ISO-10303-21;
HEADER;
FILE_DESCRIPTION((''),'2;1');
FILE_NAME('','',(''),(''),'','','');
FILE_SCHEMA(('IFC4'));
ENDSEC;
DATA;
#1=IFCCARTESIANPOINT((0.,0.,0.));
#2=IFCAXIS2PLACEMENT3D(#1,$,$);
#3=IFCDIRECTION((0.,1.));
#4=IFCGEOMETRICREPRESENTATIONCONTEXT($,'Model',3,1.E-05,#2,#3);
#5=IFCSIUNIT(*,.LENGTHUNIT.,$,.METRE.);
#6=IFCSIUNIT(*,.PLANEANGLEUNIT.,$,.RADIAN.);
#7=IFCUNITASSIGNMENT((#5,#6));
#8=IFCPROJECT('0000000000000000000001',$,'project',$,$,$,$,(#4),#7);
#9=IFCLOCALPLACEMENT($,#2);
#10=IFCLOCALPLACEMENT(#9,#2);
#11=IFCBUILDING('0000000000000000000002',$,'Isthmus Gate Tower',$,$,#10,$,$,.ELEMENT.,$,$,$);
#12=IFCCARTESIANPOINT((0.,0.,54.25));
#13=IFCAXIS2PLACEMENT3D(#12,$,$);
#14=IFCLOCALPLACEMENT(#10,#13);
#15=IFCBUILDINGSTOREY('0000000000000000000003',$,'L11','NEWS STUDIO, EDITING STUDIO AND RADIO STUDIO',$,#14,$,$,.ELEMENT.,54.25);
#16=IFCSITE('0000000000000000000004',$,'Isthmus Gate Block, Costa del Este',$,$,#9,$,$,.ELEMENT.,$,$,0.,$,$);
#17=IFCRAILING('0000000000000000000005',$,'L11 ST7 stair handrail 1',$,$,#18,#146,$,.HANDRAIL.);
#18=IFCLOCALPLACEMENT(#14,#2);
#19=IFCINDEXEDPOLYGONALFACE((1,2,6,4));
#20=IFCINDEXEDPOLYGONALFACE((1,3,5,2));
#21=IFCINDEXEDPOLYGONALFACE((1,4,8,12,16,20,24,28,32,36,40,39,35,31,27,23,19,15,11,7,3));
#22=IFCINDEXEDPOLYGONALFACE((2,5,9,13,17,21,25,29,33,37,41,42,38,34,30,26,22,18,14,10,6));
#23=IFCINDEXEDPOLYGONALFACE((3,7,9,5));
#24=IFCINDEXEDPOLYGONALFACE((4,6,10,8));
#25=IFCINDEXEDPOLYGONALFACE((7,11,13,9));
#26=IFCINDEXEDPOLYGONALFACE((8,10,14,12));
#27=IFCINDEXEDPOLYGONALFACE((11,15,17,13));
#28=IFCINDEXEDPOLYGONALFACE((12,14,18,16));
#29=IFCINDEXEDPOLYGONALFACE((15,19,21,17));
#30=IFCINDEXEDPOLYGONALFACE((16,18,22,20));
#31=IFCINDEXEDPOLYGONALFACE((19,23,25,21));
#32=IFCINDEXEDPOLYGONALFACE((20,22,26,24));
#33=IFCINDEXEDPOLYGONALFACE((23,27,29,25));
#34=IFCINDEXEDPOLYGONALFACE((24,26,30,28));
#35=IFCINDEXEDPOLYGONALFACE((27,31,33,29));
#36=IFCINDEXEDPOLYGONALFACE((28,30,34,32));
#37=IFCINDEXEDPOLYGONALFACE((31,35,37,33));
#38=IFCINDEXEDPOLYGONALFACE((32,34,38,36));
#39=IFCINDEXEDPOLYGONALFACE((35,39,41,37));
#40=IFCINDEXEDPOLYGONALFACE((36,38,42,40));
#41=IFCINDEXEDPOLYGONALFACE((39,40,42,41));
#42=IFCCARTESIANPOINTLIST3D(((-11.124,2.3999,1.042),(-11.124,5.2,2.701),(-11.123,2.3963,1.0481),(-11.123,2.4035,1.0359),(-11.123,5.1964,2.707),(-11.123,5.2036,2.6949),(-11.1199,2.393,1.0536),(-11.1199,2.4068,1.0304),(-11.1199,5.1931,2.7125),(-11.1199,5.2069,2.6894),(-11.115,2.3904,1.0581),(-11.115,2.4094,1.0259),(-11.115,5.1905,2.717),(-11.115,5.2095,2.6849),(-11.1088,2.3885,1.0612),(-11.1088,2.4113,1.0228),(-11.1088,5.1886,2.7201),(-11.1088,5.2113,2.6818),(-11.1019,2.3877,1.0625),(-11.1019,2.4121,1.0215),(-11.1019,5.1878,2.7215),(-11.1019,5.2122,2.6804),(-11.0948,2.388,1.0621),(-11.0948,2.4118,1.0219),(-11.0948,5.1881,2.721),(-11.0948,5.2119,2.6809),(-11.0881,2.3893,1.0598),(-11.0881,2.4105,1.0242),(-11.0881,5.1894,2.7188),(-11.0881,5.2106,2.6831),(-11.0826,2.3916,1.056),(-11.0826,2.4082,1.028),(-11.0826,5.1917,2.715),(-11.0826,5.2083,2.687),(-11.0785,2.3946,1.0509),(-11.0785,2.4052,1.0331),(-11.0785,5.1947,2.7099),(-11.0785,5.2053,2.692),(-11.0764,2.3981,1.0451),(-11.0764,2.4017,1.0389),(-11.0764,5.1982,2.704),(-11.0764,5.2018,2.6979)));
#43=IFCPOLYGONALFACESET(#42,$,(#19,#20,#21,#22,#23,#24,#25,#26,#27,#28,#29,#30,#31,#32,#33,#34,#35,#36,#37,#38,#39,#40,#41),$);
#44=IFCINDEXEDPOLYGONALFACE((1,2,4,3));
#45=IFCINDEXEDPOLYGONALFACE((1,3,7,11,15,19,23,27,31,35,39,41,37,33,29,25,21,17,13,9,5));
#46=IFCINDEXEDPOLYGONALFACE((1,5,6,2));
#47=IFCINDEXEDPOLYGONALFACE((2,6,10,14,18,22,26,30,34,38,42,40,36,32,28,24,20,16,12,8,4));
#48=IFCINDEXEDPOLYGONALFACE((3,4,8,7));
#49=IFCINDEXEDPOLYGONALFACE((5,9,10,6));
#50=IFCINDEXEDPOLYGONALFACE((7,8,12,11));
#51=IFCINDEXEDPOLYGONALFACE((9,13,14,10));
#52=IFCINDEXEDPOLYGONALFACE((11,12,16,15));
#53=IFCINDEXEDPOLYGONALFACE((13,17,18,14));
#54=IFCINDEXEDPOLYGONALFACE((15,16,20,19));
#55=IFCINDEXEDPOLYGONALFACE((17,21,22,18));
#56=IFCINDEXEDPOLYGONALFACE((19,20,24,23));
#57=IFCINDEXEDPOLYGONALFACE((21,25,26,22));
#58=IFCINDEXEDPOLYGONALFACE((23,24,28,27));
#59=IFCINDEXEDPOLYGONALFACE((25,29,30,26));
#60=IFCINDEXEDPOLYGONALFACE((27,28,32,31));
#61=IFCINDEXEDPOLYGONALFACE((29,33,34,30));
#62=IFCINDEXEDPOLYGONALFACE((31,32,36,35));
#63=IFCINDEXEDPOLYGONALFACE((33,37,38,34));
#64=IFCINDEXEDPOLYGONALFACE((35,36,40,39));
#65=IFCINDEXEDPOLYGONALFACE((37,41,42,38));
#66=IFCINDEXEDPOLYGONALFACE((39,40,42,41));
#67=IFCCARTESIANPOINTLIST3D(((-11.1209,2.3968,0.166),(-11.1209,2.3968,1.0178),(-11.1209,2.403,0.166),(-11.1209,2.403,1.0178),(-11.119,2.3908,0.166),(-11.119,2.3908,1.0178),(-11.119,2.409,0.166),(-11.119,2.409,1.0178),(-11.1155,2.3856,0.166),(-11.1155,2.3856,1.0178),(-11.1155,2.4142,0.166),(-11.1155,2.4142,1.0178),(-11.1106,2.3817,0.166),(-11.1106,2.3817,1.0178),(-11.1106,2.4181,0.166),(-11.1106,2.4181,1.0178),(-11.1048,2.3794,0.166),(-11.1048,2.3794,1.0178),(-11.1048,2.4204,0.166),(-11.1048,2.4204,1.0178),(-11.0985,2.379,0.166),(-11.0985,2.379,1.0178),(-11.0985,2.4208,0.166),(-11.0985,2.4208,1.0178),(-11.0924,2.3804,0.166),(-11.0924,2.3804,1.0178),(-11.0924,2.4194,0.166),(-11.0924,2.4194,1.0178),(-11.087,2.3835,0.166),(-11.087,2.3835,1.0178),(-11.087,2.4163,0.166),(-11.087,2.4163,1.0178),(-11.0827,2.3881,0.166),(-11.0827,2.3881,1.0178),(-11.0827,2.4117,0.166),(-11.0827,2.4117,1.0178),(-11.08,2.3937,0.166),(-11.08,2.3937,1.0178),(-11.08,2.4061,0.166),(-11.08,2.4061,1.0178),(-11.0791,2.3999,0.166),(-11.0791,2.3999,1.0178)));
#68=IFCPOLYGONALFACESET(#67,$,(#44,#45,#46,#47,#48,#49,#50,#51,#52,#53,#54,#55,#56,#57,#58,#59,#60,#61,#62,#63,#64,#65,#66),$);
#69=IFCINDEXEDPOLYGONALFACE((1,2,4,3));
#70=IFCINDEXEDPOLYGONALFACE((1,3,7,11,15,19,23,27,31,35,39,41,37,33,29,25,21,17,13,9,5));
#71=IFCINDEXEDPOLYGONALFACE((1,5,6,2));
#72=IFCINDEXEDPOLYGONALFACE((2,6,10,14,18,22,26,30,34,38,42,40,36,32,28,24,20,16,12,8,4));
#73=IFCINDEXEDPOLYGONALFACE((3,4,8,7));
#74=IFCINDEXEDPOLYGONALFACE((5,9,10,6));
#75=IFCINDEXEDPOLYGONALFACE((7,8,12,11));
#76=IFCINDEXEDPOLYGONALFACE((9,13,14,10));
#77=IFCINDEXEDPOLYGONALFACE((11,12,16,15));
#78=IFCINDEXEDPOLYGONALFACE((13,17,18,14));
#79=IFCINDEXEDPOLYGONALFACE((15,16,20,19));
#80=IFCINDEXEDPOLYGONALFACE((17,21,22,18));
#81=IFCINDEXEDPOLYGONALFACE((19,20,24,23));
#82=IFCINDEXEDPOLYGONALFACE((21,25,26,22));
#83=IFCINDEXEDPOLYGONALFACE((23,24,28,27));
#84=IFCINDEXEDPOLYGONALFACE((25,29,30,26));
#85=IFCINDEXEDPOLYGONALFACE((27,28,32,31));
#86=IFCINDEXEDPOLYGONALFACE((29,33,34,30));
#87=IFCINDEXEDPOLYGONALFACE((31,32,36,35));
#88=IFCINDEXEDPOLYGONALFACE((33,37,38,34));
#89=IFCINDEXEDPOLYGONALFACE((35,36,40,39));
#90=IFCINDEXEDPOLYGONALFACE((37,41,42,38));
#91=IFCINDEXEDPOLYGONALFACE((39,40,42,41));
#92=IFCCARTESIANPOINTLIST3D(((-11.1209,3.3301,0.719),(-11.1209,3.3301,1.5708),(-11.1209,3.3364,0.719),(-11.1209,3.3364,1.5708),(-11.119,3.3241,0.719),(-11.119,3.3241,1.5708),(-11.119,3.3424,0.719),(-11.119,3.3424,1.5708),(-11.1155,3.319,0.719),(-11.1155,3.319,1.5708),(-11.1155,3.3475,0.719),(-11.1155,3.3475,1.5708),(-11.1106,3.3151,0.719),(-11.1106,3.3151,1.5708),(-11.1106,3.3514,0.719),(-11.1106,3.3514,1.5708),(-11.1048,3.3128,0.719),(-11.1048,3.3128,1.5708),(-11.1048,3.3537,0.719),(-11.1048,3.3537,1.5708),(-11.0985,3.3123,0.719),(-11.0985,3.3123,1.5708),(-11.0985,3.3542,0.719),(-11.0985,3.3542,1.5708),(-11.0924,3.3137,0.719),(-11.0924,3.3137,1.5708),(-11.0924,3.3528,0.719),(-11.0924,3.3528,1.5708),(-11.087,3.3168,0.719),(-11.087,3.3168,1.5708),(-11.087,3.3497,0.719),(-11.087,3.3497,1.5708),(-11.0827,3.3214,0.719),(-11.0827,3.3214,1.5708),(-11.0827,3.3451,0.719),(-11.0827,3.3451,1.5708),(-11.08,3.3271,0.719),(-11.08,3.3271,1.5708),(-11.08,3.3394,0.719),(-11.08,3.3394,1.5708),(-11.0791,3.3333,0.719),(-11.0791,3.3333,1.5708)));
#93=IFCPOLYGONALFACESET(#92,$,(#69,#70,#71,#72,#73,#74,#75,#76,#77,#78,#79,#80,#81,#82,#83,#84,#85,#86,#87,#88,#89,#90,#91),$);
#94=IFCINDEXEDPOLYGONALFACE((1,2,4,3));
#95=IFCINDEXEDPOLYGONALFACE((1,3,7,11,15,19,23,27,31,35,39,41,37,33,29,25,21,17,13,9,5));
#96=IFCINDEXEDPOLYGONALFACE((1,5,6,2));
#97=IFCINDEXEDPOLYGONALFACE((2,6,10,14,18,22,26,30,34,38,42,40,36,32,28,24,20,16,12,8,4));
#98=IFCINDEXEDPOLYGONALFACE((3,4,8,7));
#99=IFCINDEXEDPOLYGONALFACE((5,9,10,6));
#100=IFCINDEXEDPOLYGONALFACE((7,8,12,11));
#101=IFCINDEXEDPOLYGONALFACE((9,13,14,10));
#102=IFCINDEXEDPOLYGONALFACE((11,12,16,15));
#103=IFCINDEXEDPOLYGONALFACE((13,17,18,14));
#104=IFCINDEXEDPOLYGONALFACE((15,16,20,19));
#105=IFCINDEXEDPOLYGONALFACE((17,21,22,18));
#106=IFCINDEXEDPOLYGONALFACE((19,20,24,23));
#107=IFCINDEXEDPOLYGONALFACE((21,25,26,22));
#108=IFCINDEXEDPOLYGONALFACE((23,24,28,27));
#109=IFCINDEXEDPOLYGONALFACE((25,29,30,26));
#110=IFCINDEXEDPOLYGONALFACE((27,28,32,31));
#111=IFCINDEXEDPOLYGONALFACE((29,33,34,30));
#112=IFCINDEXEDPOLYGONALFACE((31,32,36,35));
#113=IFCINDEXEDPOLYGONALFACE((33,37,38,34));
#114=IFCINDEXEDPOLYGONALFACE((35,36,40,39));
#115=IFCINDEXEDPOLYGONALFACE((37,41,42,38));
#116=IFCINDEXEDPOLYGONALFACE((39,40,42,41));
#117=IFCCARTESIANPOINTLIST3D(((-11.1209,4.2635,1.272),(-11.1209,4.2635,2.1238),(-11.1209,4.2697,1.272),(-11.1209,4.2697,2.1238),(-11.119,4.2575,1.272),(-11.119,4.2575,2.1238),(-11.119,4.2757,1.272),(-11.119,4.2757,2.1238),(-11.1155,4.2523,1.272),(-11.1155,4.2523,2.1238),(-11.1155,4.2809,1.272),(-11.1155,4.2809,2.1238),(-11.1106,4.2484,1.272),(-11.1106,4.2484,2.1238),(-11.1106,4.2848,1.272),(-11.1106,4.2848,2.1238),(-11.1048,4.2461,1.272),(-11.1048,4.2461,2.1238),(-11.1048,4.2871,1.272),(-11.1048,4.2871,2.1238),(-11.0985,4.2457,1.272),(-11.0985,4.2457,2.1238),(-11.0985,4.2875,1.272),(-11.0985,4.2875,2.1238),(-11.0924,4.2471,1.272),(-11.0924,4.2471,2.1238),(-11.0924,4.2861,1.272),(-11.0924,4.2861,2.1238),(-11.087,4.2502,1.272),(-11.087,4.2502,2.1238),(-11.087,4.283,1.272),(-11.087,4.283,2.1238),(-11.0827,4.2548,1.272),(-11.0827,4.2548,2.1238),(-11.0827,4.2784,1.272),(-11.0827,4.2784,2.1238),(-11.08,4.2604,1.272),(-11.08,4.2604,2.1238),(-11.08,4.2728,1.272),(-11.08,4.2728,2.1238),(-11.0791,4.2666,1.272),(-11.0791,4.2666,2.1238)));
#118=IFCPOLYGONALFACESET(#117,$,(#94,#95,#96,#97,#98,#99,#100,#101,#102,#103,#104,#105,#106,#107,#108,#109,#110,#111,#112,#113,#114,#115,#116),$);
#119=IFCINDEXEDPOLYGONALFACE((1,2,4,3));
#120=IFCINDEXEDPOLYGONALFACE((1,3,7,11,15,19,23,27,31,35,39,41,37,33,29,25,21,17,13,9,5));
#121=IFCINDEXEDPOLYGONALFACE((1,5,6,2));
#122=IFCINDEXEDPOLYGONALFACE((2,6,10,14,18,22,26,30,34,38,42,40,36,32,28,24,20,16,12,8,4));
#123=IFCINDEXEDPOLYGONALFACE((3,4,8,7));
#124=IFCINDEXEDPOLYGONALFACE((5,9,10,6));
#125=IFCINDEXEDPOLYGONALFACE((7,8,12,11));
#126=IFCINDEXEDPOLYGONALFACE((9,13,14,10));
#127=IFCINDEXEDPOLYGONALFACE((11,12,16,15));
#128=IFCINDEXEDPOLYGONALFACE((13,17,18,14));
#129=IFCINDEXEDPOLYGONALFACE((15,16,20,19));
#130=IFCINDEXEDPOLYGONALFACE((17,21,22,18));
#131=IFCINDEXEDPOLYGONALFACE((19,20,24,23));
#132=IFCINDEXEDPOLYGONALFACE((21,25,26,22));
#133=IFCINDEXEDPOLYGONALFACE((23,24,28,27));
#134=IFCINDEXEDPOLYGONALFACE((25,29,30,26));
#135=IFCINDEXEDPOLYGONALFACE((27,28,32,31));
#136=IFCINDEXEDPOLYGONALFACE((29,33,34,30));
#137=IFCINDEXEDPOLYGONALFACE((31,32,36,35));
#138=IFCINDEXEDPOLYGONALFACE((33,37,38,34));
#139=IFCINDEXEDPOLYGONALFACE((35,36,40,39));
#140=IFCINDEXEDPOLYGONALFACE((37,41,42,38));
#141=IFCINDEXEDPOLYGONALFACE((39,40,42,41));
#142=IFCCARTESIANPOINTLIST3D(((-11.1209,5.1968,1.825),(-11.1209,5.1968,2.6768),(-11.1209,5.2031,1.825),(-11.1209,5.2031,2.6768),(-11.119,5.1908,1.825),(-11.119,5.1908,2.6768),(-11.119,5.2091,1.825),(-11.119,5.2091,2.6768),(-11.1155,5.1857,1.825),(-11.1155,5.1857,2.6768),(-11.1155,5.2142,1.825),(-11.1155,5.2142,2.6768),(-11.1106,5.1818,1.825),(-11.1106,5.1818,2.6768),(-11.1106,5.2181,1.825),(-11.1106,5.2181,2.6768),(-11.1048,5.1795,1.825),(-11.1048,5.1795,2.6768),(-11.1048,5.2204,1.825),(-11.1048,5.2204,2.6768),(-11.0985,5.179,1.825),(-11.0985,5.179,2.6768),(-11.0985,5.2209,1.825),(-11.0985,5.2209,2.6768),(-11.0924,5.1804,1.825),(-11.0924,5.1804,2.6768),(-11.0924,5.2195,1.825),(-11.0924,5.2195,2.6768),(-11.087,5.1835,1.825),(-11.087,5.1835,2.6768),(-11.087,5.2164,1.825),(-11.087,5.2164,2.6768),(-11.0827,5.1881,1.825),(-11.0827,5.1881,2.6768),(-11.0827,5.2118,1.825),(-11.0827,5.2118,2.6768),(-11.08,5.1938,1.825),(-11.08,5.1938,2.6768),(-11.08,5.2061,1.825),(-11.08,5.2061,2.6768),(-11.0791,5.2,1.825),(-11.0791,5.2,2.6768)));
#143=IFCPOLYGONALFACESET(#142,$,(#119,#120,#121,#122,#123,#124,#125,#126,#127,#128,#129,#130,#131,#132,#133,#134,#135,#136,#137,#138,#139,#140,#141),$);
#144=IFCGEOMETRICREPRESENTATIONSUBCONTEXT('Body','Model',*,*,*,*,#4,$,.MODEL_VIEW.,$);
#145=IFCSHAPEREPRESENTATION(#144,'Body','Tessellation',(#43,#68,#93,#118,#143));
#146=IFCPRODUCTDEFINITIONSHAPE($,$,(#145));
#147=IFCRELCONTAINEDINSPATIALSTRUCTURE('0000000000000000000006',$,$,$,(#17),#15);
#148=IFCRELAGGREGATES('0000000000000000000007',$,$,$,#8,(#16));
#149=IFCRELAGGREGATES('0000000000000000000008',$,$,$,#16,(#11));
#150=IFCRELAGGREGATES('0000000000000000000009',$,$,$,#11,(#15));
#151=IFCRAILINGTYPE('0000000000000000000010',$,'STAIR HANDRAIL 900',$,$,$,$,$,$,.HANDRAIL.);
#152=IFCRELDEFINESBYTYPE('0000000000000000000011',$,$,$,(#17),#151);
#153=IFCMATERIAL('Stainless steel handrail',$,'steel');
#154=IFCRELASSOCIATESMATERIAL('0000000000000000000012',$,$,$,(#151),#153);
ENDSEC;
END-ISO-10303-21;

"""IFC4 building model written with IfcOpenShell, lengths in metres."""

from ifc_helpers import new_model, si_unit, direction, frame, origin, origin_2d, place, context, subcontext, project, spatial, circle, extrude, material, type_object, element, save


model = new_model("IFC4")

# Units and contexts
model_context = context("Model", 3, precision=1e-05, world=origin(), true_north=direction((0.0, 1.0)))
body_context = subcontext(model_context, "Body", "Model", "MODEL_VIEW")
ifc_project = project(units=[si_unit("LENGTHUNIT", "METRE"), si_unit("PLANEANGLEUNIT", "RADIAN")], contexts=[model_context])

# Site, building, storey
site_placement = place(None, origin())
site = spatial("IfcSite", under=ifc_project, at=site_placement, Name="Isthmus Gate Block, Costa del Este", CompositionType="ELEMENT", RefElevation=0.0)
building_placement = place(site_placement, origin())
building = spatial("IfcBuilding", under=site, at=building_placement, Name="Isthmus Gate Tower", CompositionType="ELEMENT")
storey_placement = place(building_placement, frame((0.0, 0.0, 54.25)))
storey = spatial("IfcBuildingStorey", under=building, at=storey_placement, Name="L11", Description="NEWS STUDIO, EDITING STUDIO AND RADIO STUDIO", CompositionType="ELEMENT", Elevation=54.25)

# Railing
ifc_material_1 = material(Name="Stainless steel handrail", Category="steel")
railing_type_1 = type_object("IfcRailingType", Name="STAIR HANDRAIL 900", PredefinedType="HANDRAIL", material=ifc_material_1)
railing_1_placement = place(storey_placement, frame((-11.1001, 2.3999, 0.166)))
element("IfcRailing", 1, at=railing_1_placement, inside=storey, type_object=railing_type_1, Name="L11 ST7 stair handrail 1", PredefinedType="HANDRAIL", context=body_context, shape_type="SweptSolid", body=[
    extrude(circle(Radius=0.0239, at=origin_2d()), frame((0.0, 0.0, 0.876), z_axis=(0.0, 0.860339, 0.509722), x_axis=(-1.0, 0.0, 0.0)), (0.0, 0.0, 1.0), 3.2546),
    extrude(circle(Radius=0.021, at=origin_2d()), origin(), (0.0, 0.0, 1.0), 0.8518),
    extrude(circle(Radius=0.021, at=origin_2d()), frame((0.0, 0.9333, 0.553)), (0.0, 0.0, 1.0), 0.8518),
    extrude(circle(Radius=0.021, at=origin_2d()), frame((0.0, 1.8667, 1.106)), (0.0, 0.0, 1.0), 0.8518),
    extrude(circle(Radius=0.021, at=origin_2d()), frame((0.0, 2.8, 1.6589)), (0.0, 0.0, 1.0), 0.8518),
])

save(model, "model.ifc")
